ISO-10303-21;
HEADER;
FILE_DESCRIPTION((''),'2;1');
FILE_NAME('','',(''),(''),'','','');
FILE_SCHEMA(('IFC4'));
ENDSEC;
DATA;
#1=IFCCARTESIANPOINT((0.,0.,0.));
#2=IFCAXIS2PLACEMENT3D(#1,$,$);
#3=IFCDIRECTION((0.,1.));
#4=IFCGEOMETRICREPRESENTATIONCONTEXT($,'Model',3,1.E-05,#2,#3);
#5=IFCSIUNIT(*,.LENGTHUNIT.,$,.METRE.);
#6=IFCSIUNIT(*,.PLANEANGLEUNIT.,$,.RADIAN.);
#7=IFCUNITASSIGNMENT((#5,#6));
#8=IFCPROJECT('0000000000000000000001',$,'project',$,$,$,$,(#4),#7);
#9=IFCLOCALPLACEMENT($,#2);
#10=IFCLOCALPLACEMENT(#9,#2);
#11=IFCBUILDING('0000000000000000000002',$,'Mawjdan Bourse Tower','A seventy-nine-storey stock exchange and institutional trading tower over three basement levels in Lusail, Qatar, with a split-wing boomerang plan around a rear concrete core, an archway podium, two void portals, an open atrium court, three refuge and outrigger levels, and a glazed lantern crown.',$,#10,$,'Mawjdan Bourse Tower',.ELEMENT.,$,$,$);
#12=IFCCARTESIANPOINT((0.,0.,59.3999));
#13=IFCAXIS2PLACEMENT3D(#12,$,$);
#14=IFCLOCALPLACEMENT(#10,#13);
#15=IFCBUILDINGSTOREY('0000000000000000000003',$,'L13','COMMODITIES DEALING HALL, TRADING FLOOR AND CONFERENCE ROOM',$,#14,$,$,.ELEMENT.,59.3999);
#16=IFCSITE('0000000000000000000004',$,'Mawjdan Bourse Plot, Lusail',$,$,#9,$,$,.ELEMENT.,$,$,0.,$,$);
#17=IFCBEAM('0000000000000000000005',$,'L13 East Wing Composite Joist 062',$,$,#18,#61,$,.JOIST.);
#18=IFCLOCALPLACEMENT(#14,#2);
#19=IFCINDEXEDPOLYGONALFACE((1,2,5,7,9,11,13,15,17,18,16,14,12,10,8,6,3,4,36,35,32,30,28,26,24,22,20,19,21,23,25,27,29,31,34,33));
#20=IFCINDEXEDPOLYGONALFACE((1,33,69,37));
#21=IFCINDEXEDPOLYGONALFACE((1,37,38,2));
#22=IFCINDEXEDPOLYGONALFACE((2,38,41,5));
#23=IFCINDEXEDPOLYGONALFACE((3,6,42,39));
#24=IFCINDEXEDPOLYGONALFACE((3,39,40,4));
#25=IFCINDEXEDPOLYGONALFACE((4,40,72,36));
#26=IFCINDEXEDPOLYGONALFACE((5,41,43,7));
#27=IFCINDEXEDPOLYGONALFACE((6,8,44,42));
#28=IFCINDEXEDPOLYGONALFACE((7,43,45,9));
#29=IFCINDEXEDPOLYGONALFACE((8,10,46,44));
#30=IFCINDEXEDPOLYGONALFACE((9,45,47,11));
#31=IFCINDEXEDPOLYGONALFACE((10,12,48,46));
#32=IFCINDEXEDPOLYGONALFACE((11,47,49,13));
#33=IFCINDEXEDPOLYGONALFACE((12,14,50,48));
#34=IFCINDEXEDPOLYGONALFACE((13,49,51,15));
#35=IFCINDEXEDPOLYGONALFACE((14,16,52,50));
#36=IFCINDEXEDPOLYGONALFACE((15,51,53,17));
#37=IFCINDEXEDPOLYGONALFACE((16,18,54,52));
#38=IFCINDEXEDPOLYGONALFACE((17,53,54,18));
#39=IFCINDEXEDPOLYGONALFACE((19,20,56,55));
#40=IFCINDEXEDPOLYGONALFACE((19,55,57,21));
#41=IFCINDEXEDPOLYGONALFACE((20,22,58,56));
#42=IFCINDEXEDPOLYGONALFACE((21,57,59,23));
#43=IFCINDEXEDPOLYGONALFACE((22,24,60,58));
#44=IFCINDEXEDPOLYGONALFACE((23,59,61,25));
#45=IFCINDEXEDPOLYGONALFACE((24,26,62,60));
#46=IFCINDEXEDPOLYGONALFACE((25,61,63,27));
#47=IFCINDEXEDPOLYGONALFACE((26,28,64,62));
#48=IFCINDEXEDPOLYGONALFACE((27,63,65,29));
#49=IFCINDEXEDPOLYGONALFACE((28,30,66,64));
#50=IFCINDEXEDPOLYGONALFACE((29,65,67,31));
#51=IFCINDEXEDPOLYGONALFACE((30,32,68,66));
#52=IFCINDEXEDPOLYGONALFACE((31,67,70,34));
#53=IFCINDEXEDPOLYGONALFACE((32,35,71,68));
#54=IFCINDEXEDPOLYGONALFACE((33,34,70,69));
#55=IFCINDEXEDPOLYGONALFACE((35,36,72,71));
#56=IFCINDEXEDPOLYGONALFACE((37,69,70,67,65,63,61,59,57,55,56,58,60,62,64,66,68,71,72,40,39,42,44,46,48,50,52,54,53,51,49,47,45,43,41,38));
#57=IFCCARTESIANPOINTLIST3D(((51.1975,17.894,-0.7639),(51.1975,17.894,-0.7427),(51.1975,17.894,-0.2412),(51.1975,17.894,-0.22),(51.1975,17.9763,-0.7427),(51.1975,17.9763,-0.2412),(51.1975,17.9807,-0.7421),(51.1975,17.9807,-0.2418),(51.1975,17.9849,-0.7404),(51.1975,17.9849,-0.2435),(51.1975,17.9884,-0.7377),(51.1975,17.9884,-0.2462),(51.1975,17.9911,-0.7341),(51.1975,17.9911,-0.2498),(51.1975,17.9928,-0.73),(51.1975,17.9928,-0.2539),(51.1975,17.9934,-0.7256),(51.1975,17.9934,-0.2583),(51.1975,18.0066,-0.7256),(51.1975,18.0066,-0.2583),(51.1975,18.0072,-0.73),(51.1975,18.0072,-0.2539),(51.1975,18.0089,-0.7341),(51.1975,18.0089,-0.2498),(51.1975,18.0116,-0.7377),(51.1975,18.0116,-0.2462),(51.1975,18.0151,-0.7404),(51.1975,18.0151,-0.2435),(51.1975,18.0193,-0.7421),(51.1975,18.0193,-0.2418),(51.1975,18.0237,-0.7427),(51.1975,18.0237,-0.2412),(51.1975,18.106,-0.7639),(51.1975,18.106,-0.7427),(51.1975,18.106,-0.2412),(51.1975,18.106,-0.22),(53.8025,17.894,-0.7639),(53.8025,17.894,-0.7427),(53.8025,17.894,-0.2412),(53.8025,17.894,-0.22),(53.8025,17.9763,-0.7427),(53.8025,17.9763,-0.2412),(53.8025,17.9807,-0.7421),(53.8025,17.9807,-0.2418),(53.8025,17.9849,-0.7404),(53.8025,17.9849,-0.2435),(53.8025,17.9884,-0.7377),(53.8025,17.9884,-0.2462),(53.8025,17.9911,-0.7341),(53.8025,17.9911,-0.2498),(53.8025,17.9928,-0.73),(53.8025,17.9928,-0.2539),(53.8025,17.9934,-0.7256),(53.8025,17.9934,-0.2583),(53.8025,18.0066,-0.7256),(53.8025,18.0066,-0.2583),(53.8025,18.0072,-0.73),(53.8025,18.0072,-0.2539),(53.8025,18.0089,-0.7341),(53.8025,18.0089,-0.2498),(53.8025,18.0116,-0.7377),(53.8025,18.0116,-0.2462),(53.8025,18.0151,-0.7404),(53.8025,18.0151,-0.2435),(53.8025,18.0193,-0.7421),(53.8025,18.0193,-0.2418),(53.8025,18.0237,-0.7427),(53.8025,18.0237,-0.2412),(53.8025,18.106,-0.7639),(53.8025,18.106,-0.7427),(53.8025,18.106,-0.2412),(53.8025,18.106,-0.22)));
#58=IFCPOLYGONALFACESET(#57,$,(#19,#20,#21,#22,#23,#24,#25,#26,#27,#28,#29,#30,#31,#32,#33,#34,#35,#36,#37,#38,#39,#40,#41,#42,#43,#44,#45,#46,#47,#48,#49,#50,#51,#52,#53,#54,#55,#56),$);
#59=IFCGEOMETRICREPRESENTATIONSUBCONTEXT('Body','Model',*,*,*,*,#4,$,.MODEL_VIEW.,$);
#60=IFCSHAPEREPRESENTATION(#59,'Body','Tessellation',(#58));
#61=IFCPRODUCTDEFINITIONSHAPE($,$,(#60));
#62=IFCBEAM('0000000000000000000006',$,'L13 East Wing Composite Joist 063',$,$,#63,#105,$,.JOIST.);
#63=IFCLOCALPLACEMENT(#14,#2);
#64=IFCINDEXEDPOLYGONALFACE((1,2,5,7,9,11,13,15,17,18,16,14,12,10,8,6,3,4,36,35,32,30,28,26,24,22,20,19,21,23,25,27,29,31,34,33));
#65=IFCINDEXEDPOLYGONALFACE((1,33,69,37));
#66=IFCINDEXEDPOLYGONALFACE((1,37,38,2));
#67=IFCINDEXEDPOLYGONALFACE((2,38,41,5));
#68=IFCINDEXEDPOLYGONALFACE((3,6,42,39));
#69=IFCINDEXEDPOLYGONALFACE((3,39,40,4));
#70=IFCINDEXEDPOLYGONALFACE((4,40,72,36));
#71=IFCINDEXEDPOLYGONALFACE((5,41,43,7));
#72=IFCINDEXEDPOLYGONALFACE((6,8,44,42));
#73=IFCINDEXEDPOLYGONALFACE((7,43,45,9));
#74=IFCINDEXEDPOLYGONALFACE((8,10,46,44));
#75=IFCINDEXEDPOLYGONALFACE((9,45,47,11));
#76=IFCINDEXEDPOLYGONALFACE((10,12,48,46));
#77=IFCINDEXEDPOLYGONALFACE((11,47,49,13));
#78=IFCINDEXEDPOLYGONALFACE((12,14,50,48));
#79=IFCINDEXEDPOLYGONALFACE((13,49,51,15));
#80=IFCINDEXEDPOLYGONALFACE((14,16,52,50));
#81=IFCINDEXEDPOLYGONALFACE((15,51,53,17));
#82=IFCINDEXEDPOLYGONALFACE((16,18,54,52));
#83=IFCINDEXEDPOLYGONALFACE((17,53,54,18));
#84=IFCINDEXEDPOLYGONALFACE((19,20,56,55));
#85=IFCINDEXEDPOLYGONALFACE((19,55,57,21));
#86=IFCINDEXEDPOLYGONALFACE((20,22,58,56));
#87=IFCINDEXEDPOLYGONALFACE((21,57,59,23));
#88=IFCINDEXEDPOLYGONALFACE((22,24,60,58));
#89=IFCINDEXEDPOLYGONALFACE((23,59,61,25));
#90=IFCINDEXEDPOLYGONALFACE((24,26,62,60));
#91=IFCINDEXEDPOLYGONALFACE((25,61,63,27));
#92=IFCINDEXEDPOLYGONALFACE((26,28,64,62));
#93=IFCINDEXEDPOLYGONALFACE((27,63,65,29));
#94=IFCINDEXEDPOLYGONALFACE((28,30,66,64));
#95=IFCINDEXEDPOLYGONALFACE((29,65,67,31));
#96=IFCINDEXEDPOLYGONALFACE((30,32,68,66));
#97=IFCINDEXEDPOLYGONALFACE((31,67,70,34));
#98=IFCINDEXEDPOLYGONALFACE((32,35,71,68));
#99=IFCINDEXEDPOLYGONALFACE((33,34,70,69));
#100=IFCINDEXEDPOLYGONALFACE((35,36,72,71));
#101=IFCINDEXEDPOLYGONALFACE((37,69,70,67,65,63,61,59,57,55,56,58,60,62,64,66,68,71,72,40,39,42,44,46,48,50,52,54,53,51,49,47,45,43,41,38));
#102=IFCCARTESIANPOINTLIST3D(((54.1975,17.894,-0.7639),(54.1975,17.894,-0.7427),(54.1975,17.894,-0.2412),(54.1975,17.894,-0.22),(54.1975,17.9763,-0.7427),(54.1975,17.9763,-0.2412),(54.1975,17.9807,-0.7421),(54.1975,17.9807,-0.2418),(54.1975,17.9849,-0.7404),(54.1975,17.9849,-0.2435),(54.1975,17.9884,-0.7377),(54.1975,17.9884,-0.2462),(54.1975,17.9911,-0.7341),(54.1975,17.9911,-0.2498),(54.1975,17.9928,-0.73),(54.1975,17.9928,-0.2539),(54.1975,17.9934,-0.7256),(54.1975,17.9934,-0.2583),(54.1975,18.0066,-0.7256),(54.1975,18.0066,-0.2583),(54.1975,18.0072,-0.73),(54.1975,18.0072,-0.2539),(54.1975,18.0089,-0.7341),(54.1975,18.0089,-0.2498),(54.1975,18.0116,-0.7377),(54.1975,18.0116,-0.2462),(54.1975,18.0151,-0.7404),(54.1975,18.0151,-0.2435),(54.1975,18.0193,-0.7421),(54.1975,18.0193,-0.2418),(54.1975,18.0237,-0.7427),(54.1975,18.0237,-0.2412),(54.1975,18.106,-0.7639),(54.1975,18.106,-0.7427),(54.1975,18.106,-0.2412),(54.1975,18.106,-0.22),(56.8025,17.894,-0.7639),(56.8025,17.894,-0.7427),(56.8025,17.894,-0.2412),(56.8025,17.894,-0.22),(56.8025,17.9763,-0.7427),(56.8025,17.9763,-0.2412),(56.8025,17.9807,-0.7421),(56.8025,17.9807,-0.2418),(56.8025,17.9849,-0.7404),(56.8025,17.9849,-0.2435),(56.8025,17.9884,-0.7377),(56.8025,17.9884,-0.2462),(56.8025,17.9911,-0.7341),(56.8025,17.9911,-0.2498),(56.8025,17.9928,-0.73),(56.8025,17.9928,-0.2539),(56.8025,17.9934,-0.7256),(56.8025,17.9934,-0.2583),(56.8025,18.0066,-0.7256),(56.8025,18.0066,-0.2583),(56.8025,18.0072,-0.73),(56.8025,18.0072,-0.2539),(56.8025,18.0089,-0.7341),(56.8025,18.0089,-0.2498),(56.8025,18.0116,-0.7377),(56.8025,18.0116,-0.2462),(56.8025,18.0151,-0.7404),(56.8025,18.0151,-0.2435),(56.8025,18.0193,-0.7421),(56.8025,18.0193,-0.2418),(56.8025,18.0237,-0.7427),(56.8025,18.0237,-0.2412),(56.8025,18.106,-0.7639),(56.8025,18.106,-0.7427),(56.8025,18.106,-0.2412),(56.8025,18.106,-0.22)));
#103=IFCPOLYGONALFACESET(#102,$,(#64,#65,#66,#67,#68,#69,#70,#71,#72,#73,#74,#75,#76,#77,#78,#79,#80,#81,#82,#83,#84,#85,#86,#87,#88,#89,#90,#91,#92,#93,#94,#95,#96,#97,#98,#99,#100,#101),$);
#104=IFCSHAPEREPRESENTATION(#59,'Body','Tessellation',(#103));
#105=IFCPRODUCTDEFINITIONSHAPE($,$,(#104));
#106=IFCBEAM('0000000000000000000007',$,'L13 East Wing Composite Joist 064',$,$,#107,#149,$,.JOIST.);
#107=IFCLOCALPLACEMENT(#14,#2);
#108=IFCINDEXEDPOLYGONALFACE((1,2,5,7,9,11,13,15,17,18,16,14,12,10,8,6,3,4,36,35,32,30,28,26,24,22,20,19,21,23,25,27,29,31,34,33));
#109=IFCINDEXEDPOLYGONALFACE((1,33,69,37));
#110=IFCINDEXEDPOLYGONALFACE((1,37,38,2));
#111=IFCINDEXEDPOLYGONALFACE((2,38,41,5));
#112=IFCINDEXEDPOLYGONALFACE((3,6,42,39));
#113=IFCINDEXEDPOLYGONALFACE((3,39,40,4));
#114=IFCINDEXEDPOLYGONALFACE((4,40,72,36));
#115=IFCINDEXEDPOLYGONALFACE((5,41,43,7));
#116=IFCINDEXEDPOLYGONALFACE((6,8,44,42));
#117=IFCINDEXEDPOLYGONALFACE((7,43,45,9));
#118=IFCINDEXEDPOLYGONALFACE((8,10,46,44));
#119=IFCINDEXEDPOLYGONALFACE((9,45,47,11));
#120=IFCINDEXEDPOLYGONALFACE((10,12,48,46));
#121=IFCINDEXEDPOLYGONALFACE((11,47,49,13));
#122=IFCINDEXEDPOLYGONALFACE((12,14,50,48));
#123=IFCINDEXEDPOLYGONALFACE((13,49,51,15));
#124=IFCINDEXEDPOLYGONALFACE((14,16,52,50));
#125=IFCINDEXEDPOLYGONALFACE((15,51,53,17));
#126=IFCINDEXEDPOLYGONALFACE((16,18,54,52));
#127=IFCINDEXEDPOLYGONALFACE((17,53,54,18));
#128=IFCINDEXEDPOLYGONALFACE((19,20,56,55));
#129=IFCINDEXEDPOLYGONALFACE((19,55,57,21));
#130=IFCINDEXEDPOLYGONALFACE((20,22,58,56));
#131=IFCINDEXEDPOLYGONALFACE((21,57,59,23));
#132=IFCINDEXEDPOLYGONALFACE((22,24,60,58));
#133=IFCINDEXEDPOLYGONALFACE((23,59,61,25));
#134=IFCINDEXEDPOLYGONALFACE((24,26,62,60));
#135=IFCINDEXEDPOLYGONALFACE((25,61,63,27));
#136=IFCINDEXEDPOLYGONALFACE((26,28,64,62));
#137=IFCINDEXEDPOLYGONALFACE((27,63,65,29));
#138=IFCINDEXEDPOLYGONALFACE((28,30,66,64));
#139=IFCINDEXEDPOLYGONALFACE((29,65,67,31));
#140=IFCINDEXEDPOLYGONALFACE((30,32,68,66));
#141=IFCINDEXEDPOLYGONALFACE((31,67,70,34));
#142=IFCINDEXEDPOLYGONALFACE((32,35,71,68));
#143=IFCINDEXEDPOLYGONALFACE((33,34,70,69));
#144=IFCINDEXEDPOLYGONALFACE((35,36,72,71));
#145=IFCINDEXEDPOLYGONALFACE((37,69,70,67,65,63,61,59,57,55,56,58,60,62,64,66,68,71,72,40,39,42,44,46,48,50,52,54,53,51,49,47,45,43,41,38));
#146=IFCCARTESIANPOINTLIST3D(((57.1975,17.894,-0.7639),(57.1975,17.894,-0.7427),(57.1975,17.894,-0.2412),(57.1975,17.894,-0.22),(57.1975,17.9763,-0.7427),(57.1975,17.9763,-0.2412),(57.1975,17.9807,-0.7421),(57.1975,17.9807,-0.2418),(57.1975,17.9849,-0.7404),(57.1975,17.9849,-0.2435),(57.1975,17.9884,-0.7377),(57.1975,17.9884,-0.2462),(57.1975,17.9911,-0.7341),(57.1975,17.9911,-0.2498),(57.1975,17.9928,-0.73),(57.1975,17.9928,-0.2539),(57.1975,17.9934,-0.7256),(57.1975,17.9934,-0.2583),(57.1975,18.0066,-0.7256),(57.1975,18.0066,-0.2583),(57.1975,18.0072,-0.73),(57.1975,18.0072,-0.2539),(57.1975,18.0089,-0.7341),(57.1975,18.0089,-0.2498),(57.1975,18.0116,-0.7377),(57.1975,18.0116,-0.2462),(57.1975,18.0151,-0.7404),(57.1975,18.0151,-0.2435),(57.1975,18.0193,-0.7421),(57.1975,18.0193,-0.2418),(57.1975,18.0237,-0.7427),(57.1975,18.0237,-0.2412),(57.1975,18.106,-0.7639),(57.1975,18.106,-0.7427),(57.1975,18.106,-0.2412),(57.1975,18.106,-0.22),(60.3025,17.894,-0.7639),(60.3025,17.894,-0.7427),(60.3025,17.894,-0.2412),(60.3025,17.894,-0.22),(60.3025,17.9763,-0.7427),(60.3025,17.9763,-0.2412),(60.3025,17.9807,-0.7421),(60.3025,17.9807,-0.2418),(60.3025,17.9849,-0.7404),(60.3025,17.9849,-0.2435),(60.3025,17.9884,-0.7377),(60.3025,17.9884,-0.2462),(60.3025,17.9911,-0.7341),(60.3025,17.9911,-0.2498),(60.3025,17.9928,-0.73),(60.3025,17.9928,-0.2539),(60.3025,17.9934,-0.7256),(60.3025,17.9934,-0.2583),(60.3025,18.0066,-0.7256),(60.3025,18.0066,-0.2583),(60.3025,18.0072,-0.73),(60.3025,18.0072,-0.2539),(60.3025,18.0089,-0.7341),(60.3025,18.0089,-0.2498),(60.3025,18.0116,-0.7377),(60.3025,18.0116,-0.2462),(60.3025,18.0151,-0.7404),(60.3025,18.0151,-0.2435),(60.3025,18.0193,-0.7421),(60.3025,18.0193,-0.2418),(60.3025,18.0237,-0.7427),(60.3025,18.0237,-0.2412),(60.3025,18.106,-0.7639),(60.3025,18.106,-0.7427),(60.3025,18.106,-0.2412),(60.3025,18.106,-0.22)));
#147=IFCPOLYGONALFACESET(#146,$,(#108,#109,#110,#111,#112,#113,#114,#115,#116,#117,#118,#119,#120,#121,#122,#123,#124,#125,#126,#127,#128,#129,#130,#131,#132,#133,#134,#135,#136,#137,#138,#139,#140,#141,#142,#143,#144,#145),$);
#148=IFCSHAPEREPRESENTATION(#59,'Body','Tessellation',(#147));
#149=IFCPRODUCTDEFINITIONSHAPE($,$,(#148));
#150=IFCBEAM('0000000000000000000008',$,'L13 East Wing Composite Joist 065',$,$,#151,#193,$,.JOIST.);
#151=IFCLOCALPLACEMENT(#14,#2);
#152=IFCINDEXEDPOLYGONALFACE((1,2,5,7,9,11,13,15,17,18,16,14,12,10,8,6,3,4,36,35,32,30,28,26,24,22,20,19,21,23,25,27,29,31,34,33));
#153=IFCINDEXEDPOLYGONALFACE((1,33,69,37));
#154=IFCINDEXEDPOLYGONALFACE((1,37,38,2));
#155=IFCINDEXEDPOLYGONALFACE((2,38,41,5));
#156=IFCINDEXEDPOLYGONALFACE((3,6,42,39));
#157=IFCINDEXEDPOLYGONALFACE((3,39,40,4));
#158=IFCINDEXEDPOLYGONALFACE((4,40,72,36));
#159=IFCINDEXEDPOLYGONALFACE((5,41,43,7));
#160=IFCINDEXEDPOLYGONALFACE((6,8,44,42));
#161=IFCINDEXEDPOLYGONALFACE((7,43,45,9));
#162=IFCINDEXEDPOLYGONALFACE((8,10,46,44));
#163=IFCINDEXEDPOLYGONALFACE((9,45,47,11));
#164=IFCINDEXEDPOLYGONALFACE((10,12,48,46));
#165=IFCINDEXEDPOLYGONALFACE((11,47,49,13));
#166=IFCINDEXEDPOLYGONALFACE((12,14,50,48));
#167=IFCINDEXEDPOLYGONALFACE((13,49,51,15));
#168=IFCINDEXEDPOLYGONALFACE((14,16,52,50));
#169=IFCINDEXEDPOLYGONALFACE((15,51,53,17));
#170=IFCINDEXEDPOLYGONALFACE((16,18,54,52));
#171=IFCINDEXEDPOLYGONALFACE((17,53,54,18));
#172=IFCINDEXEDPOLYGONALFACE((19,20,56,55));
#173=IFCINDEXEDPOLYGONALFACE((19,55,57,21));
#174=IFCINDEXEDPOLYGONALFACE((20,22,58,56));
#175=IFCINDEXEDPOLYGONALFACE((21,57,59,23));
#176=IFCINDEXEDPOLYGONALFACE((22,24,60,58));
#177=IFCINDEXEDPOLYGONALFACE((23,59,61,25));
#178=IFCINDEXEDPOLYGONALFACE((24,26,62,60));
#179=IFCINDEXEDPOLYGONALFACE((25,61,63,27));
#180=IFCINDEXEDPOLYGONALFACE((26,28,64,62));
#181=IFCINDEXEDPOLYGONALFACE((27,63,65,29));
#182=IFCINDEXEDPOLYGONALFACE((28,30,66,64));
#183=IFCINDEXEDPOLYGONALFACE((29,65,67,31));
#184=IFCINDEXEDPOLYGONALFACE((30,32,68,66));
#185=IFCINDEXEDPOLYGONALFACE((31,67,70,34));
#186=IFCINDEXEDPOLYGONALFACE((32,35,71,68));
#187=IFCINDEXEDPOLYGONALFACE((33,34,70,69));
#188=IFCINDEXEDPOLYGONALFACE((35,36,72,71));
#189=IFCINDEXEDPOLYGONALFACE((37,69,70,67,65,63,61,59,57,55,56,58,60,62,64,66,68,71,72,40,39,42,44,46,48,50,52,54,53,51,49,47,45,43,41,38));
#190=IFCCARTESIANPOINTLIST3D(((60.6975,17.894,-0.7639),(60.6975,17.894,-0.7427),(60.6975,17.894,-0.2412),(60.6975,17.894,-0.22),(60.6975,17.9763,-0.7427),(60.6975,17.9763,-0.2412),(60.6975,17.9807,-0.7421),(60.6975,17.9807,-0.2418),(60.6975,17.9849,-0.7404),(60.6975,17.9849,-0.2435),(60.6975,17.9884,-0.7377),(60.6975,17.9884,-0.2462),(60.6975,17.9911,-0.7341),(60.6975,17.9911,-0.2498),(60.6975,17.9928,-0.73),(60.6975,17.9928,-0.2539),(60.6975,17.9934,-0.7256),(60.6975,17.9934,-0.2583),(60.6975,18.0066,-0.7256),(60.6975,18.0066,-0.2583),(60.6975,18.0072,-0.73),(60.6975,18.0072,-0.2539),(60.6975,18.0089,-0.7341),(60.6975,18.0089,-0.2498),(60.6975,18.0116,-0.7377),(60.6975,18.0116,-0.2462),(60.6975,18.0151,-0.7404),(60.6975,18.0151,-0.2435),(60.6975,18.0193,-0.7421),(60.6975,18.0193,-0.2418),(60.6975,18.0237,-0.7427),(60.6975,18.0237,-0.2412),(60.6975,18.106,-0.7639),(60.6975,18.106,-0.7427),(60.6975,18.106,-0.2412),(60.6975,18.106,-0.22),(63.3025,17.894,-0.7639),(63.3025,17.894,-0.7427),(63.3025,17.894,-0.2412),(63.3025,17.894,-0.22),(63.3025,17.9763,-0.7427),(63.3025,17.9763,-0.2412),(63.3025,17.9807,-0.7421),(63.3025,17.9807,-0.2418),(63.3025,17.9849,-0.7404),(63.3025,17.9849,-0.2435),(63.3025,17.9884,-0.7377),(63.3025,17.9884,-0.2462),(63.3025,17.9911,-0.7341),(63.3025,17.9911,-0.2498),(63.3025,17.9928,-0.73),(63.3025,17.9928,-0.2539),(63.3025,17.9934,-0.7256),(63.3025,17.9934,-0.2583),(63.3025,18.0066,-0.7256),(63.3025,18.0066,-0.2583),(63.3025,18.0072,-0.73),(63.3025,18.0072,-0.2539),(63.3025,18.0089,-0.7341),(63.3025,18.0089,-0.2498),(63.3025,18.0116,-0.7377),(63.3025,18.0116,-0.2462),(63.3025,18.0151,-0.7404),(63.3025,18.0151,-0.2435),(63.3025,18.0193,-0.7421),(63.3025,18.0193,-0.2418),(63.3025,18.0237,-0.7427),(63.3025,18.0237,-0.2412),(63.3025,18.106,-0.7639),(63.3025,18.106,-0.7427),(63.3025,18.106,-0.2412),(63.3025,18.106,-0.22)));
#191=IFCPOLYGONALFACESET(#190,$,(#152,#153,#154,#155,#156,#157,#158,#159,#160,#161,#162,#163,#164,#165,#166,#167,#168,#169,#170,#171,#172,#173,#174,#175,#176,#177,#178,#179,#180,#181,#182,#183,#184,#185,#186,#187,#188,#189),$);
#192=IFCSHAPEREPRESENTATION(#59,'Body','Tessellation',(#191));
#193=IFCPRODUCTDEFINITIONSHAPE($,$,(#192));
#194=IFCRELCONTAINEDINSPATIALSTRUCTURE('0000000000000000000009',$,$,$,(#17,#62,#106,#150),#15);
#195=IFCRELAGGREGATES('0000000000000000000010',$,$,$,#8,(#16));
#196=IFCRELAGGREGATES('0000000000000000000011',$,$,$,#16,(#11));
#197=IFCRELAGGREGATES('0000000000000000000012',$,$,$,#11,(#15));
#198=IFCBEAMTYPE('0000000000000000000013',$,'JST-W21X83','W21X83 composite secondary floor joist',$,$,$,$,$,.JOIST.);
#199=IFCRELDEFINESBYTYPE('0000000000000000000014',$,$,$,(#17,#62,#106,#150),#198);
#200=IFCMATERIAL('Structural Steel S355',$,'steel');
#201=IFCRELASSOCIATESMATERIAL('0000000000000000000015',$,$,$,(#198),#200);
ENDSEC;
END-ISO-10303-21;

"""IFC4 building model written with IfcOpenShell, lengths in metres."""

from ifc_helpers import new_model, si_unit, direction, frame, origin, origin_2d, place, context, subcontext, project, spatial, i_section, extrude, material, material_profile, profile_set, type_object, element, save


model = new_model("IFC4")

# Units and contexts
model_context = context("Model", 3, precision=1e-05, world=origin(), true_north=direction((0.0, 1.0)))
body_context = subcontext(model_context, "Body", "Model", "MODEL_VIEW")
ifc_project = project(units=[si_unit("LENGTHUNIT", "METRE"), si_unit("PLANEANGLEUNIT", "RADIAN")], contexts=[model_context])

# Site, building, storey
site_placement = place(None, origin())
site = spatial("IfcSite", under=ifc_project, at=site_placement, Name="Mawjdan Bourse Plot, Lusail", CompositionType="ELEMENT", RefElevation=0.0)
building_placement = place(site_placement, origin())
building = spatial("IfcBuilding", under=site, at=building_placement, Name="Mawjdan Bourse Tower", Description="A seventy-nine-storey stock exchange and institutional trading tower over three basement levels in Lusail, Qatar, with a split-wing boomerang plan around a rear concrete core, an archway podium, two void portals, an open atrium court, three refuge and outrigger levels, and a glazed lantern crown.", LongName="Mawjdan Bourse Tower", CompositionType="ELEMENT")
storey_placement = place(building_placement, frame((0.0, 0.0, 59.3999)))
storey = spatial("IfcBuildingStorey", under=building, at=storey_placement, Name="L13", Description="COMMODITIES DEALING HALL, TRADING FLOOR AND CONFERENCE ROOM", CompositionType="ELEMENT", Elevation=59.3999)

# Beams
ifc_material_1 = material(Name="Structural Steel S355", Category="steel")
ifc_material_profile_1 = material_profile(ifc_material_1, i_section(OverallWidth=0.2119, OverallDepth=0.5439, WebThickness=0.0132, FlangeThickness=0.0212, FilletRadius=0.0171, at=origin_2d()), Name="W21X83")
ifc_profile_set_1 = profile_set([ifc_material_profile_1], Name="Structural Steel S355")
beam_type_1 = type_object("IfcBeamType", Name="JST-W21X83", Description="W21X83 composite secondary floor joist", PredefinedType="JOIST", material=ifc_profile_set_1)
for number, where, z_axis, x_axis, name in (
    (1, (51.1975, 18.0, -0.4919), (1.0, 0.0, 0.0), (0.0, 1.0, 0.0), "L13 East Wing Composite Joist 062"),
    (2, (54.1975, 18.0, -0.4919), (1.0, 0.0, 0.0), (0.0, 1.0, 0.0), "L13 East Wing Composite Joist 063"),
):
    element("IfcBeam", number, at=place(storey_placement, frame(where, z_axis=z_axis, x_axis=x_axis)), inside=storey, type_object=beam_type_1, Name=name, PredefinedType="JOIST", context=body_context, shape_type="SweptSolid", body=[
        extrude(i_section(OverallWidth=0.2119, OverallDepth=0.5439, WebThickness=0.0132, FlangeThickness=0.0212, FilletRadius=0.0171, at=origin_2d()), origin(), (0.0, 0.0, 1.0), 2.605),
    ])
beam_1_placement = place(storey_placement, frame((57.1975, 18.0, -0.4919), z_axis=(1.0, 0.0, 0.0), x_axis=(0.0, 1.0, 0.0)))
element("IfcBeam", 3, at=beam_1_placement, inside=storey, type_object=beam_type_1, Name="L13 East Wing Composite Joist 064", PredefinedType="JOIST", context=body_context, shape_type="SweptSolid", body=[
    extrude(i_section(OverallWidth=0.2119, OverallDepth=0.5439, WebThickness=0.0132, FlangeThickness=0.0212, FilletRadius=0.0171, at=origin_2d()), origin(), (0.0, 0.0, 1.0), 3.105),
])
beam_2_placement = place(storey_placement, frame((60.6975, 18.0, -0.4919), z_axis=(1.0, 0.0, 0.0), x_axis=(0.0, 1.0, 0.0)))
element("IfcBeam", 4, at=beam_2_placement, inside=storey, type_object=beam_type_1, Name="L13 East Wing Composite Joist 065", PredefinedType="JOIST", context=body_context, shape_type="SweptSolid", body=[
    extrude(i_section(OverallWidth=0.2119, OverallDepth=0.5439, WebThickness=0.0132, FlangeThickness=0.0212, FilletRadius=0.0171, at=origin_2d()), origin(), (0.0, 0.0, 1.0), 2.605),
])

save(model, "model.ifc")
